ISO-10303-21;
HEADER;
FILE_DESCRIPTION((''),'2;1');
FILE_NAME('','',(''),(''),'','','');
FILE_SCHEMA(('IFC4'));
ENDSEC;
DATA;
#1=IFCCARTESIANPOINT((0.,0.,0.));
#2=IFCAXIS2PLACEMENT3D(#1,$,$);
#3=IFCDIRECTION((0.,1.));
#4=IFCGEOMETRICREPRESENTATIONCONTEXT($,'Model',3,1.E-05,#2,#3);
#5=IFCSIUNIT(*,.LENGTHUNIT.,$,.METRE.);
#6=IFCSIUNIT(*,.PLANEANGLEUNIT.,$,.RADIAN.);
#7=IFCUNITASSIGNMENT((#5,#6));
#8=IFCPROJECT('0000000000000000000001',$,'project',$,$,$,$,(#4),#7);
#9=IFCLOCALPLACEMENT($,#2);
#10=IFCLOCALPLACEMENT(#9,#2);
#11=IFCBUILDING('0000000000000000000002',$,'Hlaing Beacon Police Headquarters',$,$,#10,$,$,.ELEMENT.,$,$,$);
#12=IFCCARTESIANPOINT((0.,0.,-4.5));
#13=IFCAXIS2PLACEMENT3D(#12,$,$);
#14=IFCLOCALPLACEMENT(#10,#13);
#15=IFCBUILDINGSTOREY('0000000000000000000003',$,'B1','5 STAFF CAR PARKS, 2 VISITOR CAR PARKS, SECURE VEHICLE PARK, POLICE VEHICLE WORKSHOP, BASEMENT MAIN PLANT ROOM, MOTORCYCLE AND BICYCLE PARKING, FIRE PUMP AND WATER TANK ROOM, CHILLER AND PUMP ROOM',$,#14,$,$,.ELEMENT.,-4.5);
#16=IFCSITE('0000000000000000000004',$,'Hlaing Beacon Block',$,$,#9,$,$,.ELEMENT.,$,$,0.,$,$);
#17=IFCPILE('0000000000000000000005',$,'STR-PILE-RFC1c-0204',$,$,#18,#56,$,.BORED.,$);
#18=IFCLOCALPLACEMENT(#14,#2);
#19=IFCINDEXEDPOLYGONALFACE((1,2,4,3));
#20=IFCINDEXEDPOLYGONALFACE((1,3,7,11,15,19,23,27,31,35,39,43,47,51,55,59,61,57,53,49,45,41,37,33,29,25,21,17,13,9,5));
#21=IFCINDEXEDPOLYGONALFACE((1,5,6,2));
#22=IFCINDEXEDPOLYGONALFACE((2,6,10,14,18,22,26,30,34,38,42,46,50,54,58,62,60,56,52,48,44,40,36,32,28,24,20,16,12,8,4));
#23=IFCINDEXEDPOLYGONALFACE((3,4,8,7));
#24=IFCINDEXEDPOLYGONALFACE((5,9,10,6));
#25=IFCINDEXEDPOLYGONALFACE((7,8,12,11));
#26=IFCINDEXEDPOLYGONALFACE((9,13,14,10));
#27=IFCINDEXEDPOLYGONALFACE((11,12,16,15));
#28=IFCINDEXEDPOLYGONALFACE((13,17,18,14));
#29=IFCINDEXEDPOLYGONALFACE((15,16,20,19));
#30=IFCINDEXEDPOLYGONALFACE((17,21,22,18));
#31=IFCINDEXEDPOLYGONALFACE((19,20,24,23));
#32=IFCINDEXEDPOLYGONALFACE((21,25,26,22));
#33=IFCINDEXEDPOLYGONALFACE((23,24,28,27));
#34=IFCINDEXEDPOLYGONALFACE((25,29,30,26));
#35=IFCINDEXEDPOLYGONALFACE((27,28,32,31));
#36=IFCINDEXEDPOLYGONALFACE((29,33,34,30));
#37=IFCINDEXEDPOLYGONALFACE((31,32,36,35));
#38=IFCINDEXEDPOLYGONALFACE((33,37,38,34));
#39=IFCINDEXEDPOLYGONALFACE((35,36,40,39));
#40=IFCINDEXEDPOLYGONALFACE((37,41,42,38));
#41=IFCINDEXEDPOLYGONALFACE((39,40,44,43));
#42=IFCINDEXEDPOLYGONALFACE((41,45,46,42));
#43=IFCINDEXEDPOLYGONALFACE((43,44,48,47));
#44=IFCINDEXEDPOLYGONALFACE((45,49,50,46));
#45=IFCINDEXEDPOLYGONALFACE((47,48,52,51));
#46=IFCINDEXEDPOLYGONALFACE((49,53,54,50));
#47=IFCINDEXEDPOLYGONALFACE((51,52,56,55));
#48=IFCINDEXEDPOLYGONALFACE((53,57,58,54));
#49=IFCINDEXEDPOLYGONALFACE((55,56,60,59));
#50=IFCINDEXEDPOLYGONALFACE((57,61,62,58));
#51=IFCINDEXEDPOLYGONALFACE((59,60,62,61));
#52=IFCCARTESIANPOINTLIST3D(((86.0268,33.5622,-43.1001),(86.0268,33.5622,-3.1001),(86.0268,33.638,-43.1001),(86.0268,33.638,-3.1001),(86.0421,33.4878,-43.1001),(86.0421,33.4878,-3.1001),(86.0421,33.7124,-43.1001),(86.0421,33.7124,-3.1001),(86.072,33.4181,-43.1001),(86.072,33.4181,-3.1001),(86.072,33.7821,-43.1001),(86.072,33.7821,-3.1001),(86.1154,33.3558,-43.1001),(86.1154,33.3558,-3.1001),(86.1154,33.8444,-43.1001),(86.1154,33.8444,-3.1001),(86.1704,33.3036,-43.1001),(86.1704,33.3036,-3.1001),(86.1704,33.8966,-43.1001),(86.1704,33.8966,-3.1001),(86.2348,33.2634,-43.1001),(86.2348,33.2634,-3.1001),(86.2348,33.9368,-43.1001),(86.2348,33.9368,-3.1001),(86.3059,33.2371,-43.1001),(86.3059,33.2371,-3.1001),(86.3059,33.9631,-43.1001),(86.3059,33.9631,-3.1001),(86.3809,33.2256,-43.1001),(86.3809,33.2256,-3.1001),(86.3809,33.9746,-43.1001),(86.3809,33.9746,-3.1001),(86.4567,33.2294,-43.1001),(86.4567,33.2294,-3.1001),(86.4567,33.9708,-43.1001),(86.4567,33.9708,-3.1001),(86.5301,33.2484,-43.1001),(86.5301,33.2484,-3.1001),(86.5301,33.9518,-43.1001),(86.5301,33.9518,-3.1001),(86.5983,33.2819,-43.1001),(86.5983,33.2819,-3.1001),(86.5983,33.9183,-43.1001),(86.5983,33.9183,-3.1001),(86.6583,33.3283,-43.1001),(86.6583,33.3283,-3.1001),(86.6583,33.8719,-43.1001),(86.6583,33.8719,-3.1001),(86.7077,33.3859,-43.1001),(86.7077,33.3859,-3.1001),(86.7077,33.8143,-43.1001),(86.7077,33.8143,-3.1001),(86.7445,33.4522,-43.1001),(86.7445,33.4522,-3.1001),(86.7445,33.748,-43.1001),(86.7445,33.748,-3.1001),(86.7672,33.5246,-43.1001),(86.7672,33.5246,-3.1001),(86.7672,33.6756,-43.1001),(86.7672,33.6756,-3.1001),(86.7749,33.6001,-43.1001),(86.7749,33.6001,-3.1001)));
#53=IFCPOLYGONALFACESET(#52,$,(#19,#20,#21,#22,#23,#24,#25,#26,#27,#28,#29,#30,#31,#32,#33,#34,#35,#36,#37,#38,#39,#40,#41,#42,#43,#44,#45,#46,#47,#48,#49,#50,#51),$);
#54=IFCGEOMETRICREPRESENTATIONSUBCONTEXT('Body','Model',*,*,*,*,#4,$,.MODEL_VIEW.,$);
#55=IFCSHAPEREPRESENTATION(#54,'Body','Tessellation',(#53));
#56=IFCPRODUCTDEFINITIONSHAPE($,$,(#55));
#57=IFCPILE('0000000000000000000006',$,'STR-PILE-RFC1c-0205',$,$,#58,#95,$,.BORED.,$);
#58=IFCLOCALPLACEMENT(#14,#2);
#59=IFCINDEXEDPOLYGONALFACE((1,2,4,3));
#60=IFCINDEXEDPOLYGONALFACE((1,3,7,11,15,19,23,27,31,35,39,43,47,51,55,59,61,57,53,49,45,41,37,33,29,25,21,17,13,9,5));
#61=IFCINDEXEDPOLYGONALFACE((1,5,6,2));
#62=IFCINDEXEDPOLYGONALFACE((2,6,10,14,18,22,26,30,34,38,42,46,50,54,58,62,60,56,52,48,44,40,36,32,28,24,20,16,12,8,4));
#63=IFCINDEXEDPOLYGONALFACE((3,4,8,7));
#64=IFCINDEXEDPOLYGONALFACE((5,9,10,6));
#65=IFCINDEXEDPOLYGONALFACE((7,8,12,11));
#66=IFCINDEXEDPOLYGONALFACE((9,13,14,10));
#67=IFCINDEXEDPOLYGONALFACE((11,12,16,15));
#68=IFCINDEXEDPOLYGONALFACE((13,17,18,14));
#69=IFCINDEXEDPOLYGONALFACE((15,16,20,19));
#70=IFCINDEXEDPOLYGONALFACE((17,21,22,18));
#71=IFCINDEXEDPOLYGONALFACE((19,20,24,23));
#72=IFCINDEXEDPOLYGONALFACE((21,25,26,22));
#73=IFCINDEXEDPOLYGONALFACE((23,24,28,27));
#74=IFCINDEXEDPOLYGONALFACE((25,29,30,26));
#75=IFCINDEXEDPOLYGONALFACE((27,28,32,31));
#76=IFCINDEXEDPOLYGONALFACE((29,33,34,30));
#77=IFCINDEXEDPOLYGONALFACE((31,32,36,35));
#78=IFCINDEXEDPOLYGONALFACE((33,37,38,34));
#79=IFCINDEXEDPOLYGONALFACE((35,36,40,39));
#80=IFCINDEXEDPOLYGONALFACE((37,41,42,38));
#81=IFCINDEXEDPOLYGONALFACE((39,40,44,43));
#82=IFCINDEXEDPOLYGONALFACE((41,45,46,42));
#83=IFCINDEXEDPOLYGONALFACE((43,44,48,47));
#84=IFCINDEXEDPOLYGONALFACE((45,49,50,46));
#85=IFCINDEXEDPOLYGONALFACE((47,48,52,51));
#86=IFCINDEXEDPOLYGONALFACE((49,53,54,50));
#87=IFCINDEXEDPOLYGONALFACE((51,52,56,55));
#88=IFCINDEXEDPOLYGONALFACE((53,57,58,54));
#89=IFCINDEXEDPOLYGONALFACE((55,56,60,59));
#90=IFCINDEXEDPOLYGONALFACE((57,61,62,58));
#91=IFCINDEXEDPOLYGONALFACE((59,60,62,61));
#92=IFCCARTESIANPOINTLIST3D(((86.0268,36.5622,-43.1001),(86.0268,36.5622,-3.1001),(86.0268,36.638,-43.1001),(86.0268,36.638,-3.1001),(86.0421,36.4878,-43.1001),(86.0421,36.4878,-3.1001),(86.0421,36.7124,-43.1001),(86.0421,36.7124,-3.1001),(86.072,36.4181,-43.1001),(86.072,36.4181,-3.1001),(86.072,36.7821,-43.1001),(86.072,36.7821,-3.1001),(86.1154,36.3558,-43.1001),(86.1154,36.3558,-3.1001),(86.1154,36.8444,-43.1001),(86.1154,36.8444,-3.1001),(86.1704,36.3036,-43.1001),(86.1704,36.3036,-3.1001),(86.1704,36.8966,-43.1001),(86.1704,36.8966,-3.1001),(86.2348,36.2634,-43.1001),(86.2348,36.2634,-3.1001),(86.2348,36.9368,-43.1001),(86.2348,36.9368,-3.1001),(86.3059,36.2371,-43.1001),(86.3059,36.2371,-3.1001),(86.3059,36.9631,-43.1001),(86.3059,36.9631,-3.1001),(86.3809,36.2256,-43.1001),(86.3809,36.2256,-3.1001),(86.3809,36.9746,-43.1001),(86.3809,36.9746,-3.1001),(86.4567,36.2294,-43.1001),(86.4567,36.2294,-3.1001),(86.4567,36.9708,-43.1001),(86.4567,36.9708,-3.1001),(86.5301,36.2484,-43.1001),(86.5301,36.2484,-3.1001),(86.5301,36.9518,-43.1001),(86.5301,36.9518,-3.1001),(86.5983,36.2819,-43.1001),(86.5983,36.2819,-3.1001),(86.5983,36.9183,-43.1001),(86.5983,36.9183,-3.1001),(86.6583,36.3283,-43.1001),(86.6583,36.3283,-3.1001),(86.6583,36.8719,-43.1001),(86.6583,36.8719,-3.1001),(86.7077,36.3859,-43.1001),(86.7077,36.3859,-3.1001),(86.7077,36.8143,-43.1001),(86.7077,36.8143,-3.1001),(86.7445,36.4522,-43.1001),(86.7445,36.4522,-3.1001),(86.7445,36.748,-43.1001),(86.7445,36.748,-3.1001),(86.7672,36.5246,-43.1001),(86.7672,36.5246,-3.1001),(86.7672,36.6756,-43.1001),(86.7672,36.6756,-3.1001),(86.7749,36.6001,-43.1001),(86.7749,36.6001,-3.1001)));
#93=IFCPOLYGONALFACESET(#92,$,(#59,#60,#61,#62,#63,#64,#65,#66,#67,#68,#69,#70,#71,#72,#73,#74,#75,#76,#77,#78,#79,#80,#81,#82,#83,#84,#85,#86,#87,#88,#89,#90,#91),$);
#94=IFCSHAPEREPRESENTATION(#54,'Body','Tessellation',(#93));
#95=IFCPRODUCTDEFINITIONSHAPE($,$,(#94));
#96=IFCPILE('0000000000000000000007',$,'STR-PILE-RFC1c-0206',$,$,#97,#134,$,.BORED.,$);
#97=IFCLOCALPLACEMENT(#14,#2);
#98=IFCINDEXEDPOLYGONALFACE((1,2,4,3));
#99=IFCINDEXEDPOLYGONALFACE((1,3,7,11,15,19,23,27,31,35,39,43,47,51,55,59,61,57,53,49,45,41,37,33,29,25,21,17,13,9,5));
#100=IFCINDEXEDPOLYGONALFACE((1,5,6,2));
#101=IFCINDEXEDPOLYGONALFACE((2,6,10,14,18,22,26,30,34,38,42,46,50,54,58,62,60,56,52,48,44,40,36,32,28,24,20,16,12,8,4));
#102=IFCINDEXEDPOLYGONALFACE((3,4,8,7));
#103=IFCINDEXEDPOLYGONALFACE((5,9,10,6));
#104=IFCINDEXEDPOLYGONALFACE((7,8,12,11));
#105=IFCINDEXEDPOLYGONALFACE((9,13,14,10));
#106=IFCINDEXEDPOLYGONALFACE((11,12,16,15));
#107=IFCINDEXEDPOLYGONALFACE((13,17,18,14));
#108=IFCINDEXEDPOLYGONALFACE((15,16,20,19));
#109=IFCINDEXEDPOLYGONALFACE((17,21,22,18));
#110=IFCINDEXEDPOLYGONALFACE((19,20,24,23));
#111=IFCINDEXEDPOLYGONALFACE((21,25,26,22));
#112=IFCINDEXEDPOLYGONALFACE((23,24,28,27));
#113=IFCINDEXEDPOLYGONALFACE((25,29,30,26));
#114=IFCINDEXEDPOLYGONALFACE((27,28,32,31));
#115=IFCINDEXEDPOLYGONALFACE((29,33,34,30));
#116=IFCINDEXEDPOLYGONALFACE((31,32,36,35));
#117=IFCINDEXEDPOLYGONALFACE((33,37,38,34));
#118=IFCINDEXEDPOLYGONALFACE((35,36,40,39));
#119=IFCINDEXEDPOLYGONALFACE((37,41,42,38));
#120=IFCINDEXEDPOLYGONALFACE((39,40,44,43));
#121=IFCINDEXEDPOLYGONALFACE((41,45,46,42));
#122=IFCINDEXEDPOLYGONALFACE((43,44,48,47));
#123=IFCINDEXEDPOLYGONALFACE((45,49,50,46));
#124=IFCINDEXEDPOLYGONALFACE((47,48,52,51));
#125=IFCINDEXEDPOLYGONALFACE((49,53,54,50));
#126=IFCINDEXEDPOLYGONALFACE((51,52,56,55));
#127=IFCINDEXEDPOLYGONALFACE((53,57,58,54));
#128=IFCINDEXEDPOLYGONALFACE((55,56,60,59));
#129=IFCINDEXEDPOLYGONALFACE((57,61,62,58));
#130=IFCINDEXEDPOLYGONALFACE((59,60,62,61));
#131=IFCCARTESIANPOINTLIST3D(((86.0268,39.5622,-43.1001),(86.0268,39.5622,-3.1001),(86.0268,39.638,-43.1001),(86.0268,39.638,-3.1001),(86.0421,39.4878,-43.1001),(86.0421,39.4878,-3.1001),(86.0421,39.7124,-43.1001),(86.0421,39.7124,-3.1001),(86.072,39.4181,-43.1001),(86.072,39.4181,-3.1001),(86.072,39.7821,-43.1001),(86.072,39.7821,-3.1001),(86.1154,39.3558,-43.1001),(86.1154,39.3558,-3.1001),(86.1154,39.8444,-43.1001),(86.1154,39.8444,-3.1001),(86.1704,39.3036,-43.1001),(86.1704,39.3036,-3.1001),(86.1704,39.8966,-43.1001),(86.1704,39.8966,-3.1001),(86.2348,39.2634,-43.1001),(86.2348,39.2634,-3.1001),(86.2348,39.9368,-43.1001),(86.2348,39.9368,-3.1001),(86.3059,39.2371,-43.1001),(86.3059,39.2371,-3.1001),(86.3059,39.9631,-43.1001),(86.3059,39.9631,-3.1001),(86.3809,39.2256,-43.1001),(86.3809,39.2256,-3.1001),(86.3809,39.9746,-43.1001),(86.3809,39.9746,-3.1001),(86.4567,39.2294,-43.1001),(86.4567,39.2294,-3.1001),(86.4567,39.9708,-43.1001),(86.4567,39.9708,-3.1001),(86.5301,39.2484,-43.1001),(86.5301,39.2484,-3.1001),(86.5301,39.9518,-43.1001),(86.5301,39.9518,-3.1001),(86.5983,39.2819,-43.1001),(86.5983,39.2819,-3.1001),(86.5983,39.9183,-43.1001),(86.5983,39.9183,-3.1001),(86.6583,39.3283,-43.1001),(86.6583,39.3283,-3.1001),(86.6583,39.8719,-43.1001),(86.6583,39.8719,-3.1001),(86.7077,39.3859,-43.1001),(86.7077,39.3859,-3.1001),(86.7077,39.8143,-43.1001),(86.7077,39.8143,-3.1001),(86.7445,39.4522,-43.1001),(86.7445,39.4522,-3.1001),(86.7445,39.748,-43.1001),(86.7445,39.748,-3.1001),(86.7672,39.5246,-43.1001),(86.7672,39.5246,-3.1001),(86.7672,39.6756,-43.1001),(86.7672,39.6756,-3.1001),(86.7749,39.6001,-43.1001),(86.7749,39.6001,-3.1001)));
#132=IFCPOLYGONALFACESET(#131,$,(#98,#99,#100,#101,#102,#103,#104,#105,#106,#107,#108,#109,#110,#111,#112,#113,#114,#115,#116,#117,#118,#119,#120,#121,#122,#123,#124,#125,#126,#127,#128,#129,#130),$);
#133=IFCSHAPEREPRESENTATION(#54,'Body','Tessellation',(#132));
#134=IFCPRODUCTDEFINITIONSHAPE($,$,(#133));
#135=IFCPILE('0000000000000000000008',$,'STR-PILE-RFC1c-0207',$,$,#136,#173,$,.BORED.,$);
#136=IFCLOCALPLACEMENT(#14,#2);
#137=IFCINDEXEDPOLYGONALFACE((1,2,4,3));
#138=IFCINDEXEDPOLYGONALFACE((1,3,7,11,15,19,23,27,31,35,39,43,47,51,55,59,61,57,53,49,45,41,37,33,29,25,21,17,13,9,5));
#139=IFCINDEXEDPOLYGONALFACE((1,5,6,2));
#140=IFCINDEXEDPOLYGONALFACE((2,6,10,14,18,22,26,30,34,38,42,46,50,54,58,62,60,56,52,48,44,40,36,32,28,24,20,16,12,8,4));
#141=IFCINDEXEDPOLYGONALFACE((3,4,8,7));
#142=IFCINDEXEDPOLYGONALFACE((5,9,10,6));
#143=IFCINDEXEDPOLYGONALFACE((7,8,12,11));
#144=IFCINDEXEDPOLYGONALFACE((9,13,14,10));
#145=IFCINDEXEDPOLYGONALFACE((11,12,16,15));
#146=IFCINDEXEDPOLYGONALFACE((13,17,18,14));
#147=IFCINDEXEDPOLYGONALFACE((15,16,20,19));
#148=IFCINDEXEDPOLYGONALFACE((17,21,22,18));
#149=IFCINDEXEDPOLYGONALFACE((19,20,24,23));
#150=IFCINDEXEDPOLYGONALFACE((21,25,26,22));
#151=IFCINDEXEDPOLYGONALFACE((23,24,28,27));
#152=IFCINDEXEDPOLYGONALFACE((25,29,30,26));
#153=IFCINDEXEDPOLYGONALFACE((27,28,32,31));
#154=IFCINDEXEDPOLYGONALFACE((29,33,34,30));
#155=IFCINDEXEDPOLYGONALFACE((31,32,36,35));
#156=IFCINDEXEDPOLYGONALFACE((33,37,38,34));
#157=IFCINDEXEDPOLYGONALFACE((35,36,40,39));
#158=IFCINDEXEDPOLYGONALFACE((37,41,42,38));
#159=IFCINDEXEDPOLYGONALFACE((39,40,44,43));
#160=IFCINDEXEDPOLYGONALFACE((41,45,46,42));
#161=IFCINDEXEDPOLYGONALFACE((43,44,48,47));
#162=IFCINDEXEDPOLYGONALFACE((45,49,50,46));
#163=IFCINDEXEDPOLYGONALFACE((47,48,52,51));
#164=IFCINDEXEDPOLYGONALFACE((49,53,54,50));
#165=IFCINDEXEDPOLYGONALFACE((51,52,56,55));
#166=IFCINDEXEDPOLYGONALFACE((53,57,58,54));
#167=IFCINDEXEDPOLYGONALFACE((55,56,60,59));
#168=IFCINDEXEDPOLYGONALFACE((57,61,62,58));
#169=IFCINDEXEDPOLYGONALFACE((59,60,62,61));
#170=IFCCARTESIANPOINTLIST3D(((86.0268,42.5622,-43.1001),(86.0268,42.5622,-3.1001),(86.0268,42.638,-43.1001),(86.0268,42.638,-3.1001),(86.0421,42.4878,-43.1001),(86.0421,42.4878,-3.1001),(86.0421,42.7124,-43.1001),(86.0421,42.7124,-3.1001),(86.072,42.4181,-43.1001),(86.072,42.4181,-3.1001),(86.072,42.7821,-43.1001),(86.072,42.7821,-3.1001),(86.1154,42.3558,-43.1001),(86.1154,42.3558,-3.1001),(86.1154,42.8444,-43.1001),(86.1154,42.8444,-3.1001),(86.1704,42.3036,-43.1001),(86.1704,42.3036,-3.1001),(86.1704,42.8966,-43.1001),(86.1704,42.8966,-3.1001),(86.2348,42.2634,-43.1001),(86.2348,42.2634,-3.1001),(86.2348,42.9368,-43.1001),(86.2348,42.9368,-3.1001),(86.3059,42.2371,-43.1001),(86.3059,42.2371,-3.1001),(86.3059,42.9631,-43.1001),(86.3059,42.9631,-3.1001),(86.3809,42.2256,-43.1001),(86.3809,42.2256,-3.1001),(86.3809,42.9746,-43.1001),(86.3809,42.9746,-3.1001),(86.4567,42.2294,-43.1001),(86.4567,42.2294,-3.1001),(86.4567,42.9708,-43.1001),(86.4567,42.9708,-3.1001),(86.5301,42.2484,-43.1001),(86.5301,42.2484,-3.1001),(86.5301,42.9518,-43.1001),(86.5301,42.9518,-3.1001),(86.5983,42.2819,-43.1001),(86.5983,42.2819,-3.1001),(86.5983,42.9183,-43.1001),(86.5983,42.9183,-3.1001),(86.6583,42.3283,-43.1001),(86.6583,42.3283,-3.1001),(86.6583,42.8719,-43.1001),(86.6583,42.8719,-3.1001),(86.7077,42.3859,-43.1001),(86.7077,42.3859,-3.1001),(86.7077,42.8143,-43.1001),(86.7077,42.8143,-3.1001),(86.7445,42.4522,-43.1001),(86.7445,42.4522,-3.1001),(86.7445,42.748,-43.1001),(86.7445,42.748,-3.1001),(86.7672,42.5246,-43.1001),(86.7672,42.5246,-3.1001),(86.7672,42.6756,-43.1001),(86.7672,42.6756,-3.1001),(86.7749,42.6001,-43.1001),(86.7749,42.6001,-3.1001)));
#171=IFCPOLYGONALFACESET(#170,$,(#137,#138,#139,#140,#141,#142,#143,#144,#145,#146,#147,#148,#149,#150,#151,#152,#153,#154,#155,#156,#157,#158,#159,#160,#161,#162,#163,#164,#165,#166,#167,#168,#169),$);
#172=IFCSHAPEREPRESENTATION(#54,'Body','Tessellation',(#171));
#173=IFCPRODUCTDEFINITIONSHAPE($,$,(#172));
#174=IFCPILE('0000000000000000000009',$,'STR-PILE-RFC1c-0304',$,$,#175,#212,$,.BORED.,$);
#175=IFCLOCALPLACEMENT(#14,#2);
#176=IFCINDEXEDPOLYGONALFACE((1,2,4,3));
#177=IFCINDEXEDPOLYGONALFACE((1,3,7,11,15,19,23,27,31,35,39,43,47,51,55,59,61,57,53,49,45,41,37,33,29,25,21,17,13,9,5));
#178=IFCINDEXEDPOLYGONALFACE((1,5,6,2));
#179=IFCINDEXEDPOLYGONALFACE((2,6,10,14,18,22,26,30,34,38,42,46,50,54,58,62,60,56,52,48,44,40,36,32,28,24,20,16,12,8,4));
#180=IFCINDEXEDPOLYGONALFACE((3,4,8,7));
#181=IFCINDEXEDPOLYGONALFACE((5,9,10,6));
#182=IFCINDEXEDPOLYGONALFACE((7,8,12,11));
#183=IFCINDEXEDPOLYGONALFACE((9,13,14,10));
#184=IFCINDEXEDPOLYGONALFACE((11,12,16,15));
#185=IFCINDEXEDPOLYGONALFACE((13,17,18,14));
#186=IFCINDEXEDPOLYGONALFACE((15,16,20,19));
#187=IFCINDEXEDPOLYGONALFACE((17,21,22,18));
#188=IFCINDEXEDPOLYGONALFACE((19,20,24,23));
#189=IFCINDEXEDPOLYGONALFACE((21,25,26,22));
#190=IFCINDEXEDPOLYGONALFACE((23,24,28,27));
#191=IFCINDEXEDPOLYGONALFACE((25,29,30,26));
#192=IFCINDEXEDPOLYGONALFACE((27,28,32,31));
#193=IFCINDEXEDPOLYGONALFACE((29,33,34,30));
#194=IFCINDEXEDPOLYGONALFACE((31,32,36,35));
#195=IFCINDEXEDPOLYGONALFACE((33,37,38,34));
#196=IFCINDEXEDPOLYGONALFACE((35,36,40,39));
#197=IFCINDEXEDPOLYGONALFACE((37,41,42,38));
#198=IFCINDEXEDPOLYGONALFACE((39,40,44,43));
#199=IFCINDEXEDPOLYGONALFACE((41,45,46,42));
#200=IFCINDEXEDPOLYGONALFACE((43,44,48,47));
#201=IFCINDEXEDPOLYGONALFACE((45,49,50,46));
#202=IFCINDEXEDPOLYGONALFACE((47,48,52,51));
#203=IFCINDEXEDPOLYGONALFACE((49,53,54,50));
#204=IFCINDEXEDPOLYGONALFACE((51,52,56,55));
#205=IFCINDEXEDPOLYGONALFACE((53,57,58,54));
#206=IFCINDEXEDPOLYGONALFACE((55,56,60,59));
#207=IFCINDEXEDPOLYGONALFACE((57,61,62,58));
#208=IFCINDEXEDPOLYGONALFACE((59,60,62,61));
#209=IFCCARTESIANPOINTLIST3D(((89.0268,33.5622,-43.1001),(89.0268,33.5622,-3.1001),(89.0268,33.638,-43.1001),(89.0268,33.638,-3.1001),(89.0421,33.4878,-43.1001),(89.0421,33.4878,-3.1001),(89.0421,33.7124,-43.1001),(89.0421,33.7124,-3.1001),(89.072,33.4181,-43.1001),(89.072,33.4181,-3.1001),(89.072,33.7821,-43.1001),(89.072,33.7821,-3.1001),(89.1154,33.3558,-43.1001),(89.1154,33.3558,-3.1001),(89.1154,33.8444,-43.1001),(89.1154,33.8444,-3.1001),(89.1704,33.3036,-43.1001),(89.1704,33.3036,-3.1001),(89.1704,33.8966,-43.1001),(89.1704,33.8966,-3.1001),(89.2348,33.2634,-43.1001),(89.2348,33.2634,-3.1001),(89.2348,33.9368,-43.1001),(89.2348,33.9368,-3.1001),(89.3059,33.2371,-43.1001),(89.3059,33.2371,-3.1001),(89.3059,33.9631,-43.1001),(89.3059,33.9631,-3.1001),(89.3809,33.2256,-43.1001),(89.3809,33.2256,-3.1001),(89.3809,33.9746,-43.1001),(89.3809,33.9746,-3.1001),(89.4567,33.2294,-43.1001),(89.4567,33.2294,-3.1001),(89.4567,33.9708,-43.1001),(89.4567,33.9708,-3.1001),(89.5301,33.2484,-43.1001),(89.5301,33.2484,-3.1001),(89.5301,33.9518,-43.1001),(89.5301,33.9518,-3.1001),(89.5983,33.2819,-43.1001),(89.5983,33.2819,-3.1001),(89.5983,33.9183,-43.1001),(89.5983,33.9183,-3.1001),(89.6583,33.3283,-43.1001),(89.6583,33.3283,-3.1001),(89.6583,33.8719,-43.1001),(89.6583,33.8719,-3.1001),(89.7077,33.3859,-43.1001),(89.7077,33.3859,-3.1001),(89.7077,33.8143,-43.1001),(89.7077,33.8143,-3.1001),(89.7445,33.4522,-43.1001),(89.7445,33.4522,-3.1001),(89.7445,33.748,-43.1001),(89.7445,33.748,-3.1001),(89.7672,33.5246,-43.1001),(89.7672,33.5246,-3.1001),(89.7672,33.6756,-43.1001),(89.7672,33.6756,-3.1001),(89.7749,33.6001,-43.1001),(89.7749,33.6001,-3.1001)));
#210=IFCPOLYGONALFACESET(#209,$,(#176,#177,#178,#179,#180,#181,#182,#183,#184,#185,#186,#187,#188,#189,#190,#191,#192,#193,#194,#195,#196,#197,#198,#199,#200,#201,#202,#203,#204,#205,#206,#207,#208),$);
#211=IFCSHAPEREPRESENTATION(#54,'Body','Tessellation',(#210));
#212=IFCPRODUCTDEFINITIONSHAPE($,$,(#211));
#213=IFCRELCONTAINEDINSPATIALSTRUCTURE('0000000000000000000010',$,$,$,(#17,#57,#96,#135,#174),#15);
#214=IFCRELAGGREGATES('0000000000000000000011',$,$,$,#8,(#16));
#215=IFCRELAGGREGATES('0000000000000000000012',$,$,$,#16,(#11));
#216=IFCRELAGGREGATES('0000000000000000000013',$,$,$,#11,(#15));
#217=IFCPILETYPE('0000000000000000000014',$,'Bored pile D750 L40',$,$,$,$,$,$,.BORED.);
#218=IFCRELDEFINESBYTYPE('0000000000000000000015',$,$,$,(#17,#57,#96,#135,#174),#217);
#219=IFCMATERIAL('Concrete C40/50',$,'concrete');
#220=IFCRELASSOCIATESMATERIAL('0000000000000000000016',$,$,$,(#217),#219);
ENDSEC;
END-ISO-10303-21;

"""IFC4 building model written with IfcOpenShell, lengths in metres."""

from ifc_helpers import new_model, si_unit, direction, frame, origin, origin_2d, place, context, subcontext, project, spatial, circle, extrude, material, material_profile, profile_set, type_object, element, save


model = new_model("IFC4")

# Units and contexts
model_context = context("Model", 3, precision=1e-05, world=origin(), true_north=direction((0.0, 1.0)))
body_context = subcontext(model_context, "Body", "Model", "MODEL_VIEW")
ifc_project = project(units=[si_unit("LENGTHUNIT", "METRE"), si_unit("PLANEANGLEUNIT", "RADIAN")], contexts=[model_context])

# Site, building, storey
site_placement = place(None, origin())
site = spatial("IfcSite", under=ifc_project, at=site_placement, Name="Hlaing Beacon Block", CompositionType="ELEMENT", RefElevation=0.0)
building_placement = place(site_placement, origin())
building = spatial("IfcBuilding", under=site, at=building_placement, Name="Hlaing Beacon Police Headquarters", CompositionType="ELEMENT")
storey_placement = place(building_placement, frame((0.0, 0.0, -4.5)))
storey = spatial("IfcBuildingStorey", under=building, at=storey_placement, Name="B1", Description="5 STAFF CAR PARKS, 2 VISITOR CAR PARKS, SECURE VEHICLE PARK, POLICE VEHICLE WORKSHOP, BASEMENT MAIN PLANT ROOM, MOTORCYCLE AND BICYCLE PARKING, FIRE PUMP AND WATER TANK ROOM, CHILLER AND PUMP ROOM", CompositionType="ELEMENT", Elevation=-4.5)

# Piles
ifc_material_1 = material(Name="Concrete C40/50", Category="concrete")
ifc_material_profile_1 = material_profile(ifc_material_1, circle(Radius=0.375, at=origin_2d()), Name="D750")
ifc_profile_set_1 = profile_set([ifc_material_profile_1], Name="Concrete C40/50")
pile_type_1 = type_object("IfcPileType", Name="Bored pile D750 L40", PredefinedType="BORED", material=ifc_profile_set_1)
for number, where, z_axis, x_axis, name in (
    (1, (86.3999, 33.6001, -3.1001), (0.0, 0.0, -1.0), (1.0, 0.0, 0.0), "STR-PILE-RFC1c-0204"),
    (2, (86.3999, 36.6001, -3.1001), (0.0, 0.0, -1.0), (1.0, 0.0, 0.0), "STR-PILE-RFC1c-0205"),
    (3, (86.3999, 39.6001, -3.1001), (0.0, 0.0, -1.0), (1.0, 0.0, 0.0), "STR-PILE-RFC1c-0206"),
    (4, (86.3999, 42.6001, -3.1001), (0.0, 0.0, -1.0), (1.0, 0.0, 0.0), "STR-PILE-RFC1c-0207"),
    (5, (89.3999, 33.6001, -3.1001), (0.0, 0.0, -1.0), (1.0, 0.0, 0.0), "STR-PILE-RFC1c-0304"),
):
    element("IfcPile", number, at=place(storey_placement, frame(where, z_axis=z_axis, x_axis=x_axis)), inside=storey, type_object=pile_type_1, Name=name, PredefinedType="BORED", context=body_context, shape_type="SweptSolid", body=[
        extrude(circle(Radius=0.375, at=origin_2d()), origin(), (0.0, 0.0, 1.0), 40.0),
    ])

save(model, "model.ifc")
